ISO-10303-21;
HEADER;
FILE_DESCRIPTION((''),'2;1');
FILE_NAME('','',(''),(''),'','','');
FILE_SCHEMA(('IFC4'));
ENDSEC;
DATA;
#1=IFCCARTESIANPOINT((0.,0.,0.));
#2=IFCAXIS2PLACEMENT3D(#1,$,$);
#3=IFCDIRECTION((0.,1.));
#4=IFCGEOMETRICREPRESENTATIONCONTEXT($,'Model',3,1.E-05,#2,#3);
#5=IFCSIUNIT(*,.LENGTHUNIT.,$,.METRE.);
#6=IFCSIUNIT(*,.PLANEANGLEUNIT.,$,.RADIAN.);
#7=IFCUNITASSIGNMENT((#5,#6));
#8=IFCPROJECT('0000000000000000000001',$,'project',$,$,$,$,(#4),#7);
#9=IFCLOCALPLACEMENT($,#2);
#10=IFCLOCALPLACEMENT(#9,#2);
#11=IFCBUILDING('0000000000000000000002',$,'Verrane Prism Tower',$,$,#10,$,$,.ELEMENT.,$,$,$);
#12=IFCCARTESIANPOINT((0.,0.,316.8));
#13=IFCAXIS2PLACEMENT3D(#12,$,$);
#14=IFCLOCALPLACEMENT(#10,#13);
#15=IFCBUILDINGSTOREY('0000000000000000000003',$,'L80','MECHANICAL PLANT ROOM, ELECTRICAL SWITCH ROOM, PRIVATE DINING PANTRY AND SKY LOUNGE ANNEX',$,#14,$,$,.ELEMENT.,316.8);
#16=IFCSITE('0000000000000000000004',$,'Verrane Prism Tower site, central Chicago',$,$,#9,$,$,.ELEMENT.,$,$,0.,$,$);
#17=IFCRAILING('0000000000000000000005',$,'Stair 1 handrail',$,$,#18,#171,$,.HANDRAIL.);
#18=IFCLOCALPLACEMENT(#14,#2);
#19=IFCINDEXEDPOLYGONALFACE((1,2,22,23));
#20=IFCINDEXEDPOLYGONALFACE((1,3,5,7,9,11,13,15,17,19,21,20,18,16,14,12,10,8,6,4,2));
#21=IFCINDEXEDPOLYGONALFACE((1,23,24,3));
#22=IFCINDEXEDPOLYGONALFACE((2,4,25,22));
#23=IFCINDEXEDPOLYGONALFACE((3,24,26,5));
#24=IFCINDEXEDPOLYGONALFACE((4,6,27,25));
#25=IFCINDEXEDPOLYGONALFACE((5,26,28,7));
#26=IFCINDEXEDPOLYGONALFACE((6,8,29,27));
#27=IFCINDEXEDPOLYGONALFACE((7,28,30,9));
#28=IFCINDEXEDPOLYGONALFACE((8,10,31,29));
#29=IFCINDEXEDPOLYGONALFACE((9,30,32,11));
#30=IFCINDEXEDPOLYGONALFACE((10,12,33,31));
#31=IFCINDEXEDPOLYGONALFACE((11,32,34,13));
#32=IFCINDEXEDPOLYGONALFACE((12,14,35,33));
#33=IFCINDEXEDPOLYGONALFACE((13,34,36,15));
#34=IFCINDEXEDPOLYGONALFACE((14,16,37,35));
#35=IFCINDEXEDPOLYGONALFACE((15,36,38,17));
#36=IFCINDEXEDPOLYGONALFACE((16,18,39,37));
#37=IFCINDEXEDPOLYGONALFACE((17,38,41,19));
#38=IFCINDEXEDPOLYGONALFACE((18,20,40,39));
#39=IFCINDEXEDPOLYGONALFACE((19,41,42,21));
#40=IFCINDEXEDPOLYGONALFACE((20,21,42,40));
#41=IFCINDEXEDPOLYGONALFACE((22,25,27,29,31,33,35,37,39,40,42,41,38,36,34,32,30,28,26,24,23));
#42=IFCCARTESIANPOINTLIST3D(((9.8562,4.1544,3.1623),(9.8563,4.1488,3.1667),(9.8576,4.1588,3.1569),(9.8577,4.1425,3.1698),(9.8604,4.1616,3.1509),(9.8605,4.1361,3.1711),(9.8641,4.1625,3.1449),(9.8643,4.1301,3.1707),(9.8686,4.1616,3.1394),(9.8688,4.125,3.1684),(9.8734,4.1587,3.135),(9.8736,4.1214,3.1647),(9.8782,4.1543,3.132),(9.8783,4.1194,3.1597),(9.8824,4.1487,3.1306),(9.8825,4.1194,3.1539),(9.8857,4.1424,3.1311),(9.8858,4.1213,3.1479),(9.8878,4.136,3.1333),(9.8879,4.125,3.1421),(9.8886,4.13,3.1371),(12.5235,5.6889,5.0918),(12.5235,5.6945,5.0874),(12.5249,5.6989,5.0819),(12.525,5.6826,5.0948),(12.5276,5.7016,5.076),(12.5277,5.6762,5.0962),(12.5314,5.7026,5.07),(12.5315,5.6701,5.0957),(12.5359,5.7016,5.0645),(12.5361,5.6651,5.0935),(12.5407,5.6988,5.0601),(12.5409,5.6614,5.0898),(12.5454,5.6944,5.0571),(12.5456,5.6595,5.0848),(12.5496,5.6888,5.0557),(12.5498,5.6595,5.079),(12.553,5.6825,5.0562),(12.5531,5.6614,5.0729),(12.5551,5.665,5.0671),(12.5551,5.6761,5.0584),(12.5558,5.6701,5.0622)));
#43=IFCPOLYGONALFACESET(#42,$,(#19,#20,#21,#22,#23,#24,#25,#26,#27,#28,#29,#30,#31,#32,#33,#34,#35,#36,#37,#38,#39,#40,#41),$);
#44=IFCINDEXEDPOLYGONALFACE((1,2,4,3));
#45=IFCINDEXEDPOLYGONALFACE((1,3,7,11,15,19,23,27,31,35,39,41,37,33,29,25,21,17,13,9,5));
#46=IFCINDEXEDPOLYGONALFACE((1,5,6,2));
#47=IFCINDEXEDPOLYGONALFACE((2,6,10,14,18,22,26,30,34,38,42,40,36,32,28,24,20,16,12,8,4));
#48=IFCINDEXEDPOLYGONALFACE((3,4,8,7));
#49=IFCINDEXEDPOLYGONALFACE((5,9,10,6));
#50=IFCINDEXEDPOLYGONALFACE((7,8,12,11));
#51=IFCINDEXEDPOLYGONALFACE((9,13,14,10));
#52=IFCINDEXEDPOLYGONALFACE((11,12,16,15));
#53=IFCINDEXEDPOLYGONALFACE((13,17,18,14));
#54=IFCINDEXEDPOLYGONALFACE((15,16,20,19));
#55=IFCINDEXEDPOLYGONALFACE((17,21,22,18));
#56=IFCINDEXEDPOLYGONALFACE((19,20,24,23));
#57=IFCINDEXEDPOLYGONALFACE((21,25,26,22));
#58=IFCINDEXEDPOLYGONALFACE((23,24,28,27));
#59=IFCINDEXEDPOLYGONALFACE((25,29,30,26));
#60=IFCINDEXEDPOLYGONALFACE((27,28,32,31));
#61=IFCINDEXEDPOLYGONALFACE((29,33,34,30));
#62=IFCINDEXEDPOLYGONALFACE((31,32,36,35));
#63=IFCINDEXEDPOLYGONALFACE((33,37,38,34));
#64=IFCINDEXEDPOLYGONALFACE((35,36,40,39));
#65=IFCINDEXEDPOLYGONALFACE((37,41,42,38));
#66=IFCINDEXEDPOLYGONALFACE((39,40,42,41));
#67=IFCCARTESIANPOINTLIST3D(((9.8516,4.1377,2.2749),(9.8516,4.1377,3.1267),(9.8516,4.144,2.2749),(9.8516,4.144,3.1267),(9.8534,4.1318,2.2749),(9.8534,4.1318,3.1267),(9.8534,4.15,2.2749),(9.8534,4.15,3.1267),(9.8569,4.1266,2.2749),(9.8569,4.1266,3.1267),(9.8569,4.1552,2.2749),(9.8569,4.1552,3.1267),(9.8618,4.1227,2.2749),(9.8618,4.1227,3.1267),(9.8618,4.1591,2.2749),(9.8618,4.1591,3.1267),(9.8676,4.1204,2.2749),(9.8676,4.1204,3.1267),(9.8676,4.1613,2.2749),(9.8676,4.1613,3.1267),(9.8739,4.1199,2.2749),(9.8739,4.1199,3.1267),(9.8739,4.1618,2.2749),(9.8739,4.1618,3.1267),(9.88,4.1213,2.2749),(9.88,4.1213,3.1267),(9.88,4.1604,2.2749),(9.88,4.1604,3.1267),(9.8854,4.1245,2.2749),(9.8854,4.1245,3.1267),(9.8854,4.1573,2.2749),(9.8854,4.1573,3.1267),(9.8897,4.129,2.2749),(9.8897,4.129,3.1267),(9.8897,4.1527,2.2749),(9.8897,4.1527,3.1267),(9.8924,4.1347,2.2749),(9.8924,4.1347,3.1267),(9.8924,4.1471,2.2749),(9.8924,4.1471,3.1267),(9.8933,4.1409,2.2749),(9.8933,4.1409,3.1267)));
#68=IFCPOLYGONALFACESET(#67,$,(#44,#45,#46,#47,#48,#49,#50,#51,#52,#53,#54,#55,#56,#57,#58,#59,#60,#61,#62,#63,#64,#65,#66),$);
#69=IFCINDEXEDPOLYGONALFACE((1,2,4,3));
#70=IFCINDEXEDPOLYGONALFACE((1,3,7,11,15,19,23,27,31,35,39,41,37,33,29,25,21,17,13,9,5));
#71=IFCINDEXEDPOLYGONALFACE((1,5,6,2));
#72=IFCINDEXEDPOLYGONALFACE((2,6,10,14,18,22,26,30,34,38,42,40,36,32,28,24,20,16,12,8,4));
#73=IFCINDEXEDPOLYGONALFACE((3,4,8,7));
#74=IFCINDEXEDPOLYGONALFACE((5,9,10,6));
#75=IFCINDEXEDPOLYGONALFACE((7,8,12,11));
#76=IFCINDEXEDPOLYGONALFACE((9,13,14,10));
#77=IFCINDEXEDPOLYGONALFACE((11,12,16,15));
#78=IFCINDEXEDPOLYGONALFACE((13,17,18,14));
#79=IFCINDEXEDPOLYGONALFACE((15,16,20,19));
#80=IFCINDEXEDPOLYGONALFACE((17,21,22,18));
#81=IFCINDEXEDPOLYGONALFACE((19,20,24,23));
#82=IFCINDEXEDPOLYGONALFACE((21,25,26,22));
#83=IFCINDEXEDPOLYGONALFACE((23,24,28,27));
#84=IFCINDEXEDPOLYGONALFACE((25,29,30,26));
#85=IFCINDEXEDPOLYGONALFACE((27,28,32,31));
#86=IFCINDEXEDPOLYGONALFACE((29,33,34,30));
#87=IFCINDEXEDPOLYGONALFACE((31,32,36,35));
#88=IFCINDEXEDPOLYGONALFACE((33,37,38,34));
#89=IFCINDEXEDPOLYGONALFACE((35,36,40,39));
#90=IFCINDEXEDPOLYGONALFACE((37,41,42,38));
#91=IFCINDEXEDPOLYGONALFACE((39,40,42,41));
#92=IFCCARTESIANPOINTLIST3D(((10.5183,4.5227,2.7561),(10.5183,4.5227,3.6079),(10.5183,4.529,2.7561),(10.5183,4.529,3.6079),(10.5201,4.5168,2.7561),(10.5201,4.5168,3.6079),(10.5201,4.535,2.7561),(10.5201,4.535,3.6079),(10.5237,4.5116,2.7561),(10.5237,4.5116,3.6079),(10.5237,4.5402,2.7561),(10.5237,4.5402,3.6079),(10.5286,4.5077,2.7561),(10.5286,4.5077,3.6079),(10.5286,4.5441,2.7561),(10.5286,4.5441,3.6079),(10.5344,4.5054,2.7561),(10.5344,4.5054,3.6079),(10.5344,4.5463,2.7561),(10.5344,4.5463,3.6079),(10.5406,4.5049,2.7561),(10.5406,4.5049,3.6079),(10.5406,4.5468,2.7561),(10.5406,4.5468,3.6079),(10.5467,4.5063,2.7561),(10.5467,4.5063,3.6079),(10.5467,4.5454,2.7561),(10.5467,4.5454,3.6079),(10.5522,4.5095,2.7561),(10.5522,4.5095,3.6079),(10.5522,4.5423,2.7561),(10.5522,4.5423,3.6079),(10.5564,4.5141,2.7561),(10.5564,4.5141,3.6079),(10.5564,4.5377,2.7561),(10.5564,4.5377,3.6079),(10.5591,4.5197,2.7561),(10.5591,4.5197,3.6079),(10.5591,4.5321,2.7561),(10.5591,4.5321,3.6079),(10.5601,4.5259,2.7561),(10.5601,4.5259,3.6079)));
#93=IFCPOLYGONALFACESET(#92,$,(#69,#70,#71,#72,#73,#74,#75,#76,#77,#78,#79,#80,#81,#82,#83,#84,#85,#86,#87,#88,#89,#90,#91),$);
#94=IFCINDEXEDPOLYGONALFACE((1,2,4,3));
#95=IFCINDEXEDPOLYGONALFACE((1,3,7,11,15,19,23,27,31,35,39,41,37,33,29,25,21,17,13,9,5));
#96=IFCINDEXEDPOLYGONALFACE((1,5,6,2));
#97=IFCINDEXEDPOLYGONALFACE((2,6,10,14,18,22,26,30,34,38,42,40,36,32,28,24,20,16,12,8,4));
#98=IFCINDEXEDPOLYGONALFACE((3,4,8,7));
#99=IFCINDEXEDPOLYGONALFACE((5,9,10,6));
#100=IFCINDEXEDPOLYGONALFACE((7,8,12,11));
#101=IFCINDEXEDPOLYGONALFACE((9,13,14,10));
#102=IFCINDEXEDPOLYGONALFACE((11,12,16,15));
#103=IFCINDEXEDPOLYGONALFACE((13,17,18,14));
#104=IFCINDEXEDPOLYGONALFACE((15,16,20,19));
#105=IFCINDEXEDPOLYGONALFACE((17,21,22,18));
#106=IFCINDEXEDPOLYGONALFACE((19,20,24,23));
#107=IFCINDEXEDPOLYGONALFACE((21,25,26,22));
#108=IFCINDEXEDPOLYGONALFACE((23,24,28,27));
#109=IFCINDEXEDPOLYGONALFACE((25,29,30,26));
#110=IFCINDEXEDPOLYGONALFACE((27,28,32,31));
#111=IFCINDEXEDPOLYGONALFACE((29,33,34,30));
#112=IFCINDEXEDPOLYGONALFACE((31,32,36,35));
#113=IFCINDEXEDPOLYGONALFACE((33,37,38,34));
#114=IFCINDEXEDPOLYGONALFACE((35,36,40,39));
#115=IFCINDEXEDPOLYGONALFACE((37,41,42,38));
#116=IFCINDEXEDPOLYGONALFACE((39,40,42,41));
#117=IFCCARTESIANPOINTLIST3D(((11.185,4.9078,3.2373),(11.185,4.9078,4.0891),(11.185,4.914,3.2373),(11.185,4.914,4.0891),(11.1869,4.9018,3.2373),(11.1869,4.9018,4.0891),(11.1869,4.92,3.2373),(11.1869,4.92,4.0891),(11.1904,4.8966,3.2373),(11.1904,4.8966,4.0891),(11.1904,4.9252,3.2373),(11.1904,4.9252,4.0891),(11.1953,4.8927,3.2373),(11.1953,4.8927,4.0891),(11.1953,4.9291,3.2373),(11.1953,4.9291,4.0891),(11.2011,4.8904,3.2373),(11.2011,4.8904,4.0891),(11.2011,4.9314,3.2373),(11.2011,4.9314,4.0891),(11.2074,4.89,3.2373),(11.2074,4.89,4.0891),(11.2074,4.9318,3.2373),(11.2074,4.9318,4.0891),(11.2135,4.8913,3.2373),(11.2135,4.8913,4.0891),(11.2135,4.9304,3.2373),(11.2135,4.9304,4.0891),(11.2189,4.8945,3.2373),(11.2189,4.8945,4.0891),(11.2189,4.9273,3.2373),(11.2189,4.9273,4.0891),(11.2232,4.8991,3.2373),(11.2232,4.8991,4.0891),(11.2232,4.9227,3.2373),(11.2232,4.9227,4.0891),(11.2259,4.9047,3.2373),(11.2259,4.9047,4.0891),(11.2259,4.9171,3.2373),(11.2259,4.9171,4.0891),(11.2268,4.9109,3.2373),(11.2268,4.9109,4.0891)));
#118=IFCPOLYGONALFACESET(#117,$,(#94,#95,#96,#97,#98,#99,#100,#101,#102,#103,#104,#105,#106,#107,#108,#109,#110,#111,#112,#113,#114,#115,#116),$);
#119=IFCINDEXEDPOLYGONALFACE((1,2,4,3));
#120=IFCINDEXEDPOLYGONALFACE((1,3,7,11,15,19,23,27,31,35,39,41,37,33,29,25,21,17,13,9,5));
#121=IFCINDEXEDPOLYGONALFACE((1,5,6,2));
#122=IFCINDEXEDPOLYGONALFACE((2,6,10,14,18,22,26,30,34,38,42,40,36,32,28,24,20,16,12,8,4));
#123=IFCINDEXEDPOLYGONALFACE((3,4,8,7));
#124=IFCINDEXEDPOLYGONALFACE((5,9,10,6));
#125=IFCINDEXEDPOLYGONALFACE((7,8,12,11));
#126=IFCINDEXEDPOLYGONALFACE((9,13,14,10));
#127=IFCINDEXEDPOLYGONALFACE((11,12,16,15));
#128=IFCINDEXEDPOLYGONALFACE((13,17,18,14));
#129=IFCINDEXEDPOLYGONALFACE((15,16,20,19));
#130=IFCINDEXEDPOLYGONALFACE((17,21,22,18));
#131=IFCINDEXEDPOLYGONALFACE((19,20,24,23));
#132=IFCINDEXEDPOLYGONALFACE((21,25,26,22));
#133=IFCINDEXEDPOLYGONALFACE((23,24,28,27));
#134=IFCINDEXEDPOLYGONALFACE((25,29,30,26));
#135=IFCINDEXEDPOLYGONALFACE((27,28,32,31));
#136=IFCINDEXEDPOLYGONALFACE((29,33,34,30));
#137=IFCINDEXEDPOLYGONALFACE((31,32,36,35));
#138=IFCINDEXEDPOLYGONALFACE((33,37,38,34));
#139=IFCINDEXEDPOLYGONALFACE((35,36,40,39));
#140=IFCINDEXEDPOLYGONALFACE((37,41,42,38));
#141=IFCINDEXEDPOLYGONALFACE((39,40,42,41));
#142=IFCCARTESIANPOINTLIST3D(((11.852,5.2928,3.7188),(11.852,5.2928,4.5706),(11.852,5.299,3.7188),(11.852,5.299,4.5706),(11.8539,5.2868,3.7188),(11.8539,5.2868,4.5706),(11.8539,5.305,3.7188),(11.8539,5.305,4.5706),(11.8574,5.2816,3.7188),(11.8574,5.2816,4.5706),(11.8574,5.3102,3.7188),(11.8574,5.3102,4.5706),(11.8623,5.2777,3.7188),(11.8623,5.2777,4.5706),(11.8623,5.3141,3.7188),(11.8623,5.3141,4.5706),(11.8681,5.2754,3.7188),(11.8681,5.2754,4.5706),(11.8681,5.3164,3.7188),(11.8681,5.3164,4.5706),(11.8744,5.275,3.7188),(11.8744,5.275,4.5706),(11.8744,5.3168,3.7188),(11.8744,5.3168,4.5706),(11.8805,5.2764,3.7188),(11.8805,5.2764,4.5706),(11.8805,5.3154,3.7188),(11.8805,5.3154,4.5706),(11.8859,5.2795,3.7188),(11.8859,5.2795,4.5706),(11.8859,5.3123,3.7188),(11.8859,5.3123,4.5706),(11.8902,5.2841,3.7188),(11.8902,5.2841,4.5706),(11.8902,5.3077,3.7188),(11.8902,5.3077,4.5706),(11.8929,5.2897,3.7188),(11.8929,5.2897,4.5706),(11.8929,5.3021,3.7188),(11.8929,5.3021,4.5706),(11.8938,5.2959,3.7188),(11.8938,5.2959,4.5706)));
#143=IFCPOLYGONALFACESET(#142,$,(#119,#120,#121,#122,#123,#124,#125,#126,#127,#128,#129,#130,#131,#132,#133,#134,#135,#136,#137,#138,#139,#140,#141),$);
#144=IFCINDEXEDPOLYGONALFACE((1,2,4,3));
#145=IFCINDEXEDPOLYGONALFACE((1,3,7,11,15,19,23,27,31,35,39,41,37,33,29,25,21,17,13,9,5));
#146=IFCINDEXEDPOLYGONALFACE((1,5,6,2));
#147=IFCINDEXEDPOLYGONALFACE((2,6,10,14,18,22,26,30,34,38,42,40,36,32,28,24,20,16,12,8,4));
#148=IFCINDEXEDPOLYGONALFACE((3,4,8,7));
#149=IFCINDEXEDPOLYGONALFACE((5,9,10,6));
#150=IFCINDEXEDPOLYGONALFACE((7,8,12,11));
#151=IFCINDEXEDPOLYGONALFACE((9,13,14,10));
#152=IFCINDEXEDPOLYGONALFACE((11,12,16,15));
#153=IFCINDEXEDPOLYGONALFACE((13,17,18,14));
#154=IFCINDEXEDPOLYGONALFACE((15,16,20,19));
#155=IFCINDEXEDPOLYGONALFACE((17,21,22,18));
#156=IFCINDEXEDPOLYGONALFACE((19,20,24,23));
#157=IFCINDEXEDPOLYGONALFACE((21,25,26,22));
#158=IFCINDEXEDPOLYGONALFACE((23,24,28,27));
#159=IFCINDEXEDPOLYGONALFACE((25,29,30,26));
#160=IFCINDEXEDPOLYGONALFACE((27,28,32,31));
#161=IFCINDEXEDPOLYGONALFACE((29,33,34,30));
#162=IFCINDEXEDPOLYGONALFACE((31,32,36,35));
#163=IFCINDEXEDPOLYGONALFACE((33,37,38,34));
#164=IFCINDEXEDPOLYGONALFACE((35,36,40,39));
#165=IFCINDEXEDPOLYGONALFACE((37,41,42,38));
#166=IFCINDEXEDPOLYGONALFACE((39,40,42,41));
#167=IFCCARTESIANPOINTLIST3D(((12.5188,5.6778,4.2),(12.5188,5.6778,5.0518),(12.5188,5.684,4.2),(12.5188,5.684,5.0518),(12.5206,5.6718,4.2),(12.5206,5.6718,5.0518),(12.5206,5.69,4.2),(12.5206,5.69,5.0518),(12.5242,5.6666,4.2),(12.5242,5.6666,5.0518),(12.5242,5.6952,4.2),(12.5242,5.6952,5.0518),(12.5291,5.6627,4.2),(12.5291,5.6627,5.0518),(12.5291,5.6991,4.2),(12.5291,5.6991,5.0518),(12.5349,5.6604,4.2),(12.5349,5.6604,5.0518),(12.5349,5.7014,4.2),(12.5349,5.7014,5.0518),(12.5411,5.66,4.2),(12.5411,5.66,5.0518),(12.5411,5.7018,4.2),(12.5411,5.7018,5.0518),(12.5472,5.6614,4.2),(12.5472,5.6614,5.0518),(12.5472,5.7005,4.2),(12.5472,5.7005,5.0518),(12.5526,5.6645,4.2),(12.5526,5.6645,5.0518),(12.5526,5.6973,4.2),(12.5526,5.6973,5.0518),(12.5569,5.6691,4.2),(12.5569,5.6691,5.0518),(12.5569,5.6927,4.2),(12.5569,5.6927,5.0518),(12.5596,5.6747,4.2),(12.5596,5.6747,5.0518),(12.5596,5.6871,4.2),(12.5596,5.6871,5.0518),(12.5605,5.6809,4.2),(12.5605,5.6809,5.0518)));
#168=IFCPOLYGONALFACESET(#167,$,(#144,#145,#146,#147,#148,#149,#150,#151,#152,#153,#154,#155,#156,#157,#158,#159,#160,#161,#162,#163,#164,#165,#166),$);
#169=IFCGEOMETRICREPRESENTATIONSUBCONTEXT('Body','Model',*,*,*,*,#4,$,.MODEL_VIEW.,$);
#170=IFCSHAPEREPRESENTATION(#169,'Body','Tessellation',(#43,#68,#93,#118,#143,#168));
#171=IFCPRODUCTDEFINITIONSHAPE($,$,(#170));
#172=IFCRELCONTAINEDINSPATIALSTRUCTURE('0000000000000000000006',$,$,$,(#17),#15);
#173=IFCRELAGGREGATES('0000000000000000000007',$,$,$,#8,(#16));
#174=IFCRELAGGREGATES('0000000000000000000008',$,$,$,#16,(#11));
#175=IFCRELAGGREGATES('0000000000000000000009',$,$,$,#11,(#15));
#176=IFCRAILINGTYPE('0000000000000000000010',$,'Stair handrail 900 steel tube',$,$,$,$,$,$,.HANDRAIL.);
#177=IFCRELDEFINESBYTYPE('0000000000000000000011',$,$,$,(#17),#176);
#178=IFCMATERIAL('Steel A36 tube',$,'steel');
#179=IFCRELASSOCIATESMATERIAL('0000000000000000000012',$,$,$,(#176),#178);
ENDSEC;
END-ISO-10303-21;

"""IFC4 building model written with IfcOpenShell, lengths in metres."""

from ifc_helpers import new_model, si_unit, direction, frame, origin, origin_2d, place, context, subcontext, project, spatial, circle, extrude, material, type_object, element, save


model = new_model("IFC4")

# Units and contexts
model_context = context("Model", 3, precision=1e-05, world=origin(), true_north=direction((0.0, 1.0)))
body_context = subcontext(model_context, "Body", "Model", "MODEL_VIEW")
ifc_project = project(units=[si_unit("LENGTHUNIT", "METRE"), si_unit("PLANEANGLEUNIT", "RADIAN")], contexts=[model_context])

# Site, building, storey
site_placement = place(None, origin())
site = spatial("IfcSite", under=ifc_project, at=site_placement, Name="Verrane Prism Tower site, central Chicago", CompositionType="ELEMENT", RefElevation=0.0)
building_placement = place(site_placement, origin())
building = spatial("IfcBuilding", under=site, at=building_placement, Name="Verrane Prism Tower", CompositionType="ELEMENT")
storey_placement = place(building_placement, frame((0.0, 0.0, 316.8)))
storey = spatial("IfcBuildingStorey", under=building, at=storey_placement, Name="L80", Description="MECHANICAL PLANT ROOM, ELECTRICAL SWITCH ROOM, PRIVATE DINING PANTRY AND SKY LOUNGE ANNEX", CompositionType="ELEMENT", Elevation=316.8)

# Railing
ifc_material_1 = material(Name="Steel A36 tube", Category="steel")
railing_type = type_object("IfcRailingType", Name="Stair handrail 900 steel tube", PredefinedType="HANDRAIL", material=ifc_material_1)
railing_placement = place(storey_placement, frame((9.8723, 4.1409, 2.2749)))
element("IfcRailing", 1, at=railing_placement, inside=storey, type_object=railing_type, Name="Stair 1 handrail", PredefinedType="HANDRAIL", context=body_context, shape_type="SweptSolid", body=[
    extrude(circle(Radius=0.0239, at=origin_2d()), frame((0.0, 0.0, 0.876), z_axis=(0.734364, 0.424015, 0.530019), x_axis=(-0.500027, 0.86601, 0.0)), (0.0, 0.0, 1.0), 3.6321),
    extrude(circle(Radius=0.021, at=origin_2d()), origin(), (0.0, 0.0, 1.0), 0.8518),
    extrude(circle(Radius=0.021, at=origin_2d()), frame((0.6667, 0.385, 0.4812)), (0.0, 0.0, 1.0), 0.8518),
    extrude(circle(Radius=0.021, at=origin_2d()), frame((1.3335, 0.77, 0.9624)), (0.0, 0.0, 1.0), 0.8518),
    extrude(circle(Radius=0.021, at=origin_2d()), frame((2.0005, 1.155, 1.4438)), (0.0, 0.0, 1.0), 0.8518),
    extrude(circle(Radius=0.021, at=origin_2d()), frame((2.6672, 1.54, 1.925)), (0.0, 0.0, 1.0), 0.8518),
])

save(model, "model.ifc")
